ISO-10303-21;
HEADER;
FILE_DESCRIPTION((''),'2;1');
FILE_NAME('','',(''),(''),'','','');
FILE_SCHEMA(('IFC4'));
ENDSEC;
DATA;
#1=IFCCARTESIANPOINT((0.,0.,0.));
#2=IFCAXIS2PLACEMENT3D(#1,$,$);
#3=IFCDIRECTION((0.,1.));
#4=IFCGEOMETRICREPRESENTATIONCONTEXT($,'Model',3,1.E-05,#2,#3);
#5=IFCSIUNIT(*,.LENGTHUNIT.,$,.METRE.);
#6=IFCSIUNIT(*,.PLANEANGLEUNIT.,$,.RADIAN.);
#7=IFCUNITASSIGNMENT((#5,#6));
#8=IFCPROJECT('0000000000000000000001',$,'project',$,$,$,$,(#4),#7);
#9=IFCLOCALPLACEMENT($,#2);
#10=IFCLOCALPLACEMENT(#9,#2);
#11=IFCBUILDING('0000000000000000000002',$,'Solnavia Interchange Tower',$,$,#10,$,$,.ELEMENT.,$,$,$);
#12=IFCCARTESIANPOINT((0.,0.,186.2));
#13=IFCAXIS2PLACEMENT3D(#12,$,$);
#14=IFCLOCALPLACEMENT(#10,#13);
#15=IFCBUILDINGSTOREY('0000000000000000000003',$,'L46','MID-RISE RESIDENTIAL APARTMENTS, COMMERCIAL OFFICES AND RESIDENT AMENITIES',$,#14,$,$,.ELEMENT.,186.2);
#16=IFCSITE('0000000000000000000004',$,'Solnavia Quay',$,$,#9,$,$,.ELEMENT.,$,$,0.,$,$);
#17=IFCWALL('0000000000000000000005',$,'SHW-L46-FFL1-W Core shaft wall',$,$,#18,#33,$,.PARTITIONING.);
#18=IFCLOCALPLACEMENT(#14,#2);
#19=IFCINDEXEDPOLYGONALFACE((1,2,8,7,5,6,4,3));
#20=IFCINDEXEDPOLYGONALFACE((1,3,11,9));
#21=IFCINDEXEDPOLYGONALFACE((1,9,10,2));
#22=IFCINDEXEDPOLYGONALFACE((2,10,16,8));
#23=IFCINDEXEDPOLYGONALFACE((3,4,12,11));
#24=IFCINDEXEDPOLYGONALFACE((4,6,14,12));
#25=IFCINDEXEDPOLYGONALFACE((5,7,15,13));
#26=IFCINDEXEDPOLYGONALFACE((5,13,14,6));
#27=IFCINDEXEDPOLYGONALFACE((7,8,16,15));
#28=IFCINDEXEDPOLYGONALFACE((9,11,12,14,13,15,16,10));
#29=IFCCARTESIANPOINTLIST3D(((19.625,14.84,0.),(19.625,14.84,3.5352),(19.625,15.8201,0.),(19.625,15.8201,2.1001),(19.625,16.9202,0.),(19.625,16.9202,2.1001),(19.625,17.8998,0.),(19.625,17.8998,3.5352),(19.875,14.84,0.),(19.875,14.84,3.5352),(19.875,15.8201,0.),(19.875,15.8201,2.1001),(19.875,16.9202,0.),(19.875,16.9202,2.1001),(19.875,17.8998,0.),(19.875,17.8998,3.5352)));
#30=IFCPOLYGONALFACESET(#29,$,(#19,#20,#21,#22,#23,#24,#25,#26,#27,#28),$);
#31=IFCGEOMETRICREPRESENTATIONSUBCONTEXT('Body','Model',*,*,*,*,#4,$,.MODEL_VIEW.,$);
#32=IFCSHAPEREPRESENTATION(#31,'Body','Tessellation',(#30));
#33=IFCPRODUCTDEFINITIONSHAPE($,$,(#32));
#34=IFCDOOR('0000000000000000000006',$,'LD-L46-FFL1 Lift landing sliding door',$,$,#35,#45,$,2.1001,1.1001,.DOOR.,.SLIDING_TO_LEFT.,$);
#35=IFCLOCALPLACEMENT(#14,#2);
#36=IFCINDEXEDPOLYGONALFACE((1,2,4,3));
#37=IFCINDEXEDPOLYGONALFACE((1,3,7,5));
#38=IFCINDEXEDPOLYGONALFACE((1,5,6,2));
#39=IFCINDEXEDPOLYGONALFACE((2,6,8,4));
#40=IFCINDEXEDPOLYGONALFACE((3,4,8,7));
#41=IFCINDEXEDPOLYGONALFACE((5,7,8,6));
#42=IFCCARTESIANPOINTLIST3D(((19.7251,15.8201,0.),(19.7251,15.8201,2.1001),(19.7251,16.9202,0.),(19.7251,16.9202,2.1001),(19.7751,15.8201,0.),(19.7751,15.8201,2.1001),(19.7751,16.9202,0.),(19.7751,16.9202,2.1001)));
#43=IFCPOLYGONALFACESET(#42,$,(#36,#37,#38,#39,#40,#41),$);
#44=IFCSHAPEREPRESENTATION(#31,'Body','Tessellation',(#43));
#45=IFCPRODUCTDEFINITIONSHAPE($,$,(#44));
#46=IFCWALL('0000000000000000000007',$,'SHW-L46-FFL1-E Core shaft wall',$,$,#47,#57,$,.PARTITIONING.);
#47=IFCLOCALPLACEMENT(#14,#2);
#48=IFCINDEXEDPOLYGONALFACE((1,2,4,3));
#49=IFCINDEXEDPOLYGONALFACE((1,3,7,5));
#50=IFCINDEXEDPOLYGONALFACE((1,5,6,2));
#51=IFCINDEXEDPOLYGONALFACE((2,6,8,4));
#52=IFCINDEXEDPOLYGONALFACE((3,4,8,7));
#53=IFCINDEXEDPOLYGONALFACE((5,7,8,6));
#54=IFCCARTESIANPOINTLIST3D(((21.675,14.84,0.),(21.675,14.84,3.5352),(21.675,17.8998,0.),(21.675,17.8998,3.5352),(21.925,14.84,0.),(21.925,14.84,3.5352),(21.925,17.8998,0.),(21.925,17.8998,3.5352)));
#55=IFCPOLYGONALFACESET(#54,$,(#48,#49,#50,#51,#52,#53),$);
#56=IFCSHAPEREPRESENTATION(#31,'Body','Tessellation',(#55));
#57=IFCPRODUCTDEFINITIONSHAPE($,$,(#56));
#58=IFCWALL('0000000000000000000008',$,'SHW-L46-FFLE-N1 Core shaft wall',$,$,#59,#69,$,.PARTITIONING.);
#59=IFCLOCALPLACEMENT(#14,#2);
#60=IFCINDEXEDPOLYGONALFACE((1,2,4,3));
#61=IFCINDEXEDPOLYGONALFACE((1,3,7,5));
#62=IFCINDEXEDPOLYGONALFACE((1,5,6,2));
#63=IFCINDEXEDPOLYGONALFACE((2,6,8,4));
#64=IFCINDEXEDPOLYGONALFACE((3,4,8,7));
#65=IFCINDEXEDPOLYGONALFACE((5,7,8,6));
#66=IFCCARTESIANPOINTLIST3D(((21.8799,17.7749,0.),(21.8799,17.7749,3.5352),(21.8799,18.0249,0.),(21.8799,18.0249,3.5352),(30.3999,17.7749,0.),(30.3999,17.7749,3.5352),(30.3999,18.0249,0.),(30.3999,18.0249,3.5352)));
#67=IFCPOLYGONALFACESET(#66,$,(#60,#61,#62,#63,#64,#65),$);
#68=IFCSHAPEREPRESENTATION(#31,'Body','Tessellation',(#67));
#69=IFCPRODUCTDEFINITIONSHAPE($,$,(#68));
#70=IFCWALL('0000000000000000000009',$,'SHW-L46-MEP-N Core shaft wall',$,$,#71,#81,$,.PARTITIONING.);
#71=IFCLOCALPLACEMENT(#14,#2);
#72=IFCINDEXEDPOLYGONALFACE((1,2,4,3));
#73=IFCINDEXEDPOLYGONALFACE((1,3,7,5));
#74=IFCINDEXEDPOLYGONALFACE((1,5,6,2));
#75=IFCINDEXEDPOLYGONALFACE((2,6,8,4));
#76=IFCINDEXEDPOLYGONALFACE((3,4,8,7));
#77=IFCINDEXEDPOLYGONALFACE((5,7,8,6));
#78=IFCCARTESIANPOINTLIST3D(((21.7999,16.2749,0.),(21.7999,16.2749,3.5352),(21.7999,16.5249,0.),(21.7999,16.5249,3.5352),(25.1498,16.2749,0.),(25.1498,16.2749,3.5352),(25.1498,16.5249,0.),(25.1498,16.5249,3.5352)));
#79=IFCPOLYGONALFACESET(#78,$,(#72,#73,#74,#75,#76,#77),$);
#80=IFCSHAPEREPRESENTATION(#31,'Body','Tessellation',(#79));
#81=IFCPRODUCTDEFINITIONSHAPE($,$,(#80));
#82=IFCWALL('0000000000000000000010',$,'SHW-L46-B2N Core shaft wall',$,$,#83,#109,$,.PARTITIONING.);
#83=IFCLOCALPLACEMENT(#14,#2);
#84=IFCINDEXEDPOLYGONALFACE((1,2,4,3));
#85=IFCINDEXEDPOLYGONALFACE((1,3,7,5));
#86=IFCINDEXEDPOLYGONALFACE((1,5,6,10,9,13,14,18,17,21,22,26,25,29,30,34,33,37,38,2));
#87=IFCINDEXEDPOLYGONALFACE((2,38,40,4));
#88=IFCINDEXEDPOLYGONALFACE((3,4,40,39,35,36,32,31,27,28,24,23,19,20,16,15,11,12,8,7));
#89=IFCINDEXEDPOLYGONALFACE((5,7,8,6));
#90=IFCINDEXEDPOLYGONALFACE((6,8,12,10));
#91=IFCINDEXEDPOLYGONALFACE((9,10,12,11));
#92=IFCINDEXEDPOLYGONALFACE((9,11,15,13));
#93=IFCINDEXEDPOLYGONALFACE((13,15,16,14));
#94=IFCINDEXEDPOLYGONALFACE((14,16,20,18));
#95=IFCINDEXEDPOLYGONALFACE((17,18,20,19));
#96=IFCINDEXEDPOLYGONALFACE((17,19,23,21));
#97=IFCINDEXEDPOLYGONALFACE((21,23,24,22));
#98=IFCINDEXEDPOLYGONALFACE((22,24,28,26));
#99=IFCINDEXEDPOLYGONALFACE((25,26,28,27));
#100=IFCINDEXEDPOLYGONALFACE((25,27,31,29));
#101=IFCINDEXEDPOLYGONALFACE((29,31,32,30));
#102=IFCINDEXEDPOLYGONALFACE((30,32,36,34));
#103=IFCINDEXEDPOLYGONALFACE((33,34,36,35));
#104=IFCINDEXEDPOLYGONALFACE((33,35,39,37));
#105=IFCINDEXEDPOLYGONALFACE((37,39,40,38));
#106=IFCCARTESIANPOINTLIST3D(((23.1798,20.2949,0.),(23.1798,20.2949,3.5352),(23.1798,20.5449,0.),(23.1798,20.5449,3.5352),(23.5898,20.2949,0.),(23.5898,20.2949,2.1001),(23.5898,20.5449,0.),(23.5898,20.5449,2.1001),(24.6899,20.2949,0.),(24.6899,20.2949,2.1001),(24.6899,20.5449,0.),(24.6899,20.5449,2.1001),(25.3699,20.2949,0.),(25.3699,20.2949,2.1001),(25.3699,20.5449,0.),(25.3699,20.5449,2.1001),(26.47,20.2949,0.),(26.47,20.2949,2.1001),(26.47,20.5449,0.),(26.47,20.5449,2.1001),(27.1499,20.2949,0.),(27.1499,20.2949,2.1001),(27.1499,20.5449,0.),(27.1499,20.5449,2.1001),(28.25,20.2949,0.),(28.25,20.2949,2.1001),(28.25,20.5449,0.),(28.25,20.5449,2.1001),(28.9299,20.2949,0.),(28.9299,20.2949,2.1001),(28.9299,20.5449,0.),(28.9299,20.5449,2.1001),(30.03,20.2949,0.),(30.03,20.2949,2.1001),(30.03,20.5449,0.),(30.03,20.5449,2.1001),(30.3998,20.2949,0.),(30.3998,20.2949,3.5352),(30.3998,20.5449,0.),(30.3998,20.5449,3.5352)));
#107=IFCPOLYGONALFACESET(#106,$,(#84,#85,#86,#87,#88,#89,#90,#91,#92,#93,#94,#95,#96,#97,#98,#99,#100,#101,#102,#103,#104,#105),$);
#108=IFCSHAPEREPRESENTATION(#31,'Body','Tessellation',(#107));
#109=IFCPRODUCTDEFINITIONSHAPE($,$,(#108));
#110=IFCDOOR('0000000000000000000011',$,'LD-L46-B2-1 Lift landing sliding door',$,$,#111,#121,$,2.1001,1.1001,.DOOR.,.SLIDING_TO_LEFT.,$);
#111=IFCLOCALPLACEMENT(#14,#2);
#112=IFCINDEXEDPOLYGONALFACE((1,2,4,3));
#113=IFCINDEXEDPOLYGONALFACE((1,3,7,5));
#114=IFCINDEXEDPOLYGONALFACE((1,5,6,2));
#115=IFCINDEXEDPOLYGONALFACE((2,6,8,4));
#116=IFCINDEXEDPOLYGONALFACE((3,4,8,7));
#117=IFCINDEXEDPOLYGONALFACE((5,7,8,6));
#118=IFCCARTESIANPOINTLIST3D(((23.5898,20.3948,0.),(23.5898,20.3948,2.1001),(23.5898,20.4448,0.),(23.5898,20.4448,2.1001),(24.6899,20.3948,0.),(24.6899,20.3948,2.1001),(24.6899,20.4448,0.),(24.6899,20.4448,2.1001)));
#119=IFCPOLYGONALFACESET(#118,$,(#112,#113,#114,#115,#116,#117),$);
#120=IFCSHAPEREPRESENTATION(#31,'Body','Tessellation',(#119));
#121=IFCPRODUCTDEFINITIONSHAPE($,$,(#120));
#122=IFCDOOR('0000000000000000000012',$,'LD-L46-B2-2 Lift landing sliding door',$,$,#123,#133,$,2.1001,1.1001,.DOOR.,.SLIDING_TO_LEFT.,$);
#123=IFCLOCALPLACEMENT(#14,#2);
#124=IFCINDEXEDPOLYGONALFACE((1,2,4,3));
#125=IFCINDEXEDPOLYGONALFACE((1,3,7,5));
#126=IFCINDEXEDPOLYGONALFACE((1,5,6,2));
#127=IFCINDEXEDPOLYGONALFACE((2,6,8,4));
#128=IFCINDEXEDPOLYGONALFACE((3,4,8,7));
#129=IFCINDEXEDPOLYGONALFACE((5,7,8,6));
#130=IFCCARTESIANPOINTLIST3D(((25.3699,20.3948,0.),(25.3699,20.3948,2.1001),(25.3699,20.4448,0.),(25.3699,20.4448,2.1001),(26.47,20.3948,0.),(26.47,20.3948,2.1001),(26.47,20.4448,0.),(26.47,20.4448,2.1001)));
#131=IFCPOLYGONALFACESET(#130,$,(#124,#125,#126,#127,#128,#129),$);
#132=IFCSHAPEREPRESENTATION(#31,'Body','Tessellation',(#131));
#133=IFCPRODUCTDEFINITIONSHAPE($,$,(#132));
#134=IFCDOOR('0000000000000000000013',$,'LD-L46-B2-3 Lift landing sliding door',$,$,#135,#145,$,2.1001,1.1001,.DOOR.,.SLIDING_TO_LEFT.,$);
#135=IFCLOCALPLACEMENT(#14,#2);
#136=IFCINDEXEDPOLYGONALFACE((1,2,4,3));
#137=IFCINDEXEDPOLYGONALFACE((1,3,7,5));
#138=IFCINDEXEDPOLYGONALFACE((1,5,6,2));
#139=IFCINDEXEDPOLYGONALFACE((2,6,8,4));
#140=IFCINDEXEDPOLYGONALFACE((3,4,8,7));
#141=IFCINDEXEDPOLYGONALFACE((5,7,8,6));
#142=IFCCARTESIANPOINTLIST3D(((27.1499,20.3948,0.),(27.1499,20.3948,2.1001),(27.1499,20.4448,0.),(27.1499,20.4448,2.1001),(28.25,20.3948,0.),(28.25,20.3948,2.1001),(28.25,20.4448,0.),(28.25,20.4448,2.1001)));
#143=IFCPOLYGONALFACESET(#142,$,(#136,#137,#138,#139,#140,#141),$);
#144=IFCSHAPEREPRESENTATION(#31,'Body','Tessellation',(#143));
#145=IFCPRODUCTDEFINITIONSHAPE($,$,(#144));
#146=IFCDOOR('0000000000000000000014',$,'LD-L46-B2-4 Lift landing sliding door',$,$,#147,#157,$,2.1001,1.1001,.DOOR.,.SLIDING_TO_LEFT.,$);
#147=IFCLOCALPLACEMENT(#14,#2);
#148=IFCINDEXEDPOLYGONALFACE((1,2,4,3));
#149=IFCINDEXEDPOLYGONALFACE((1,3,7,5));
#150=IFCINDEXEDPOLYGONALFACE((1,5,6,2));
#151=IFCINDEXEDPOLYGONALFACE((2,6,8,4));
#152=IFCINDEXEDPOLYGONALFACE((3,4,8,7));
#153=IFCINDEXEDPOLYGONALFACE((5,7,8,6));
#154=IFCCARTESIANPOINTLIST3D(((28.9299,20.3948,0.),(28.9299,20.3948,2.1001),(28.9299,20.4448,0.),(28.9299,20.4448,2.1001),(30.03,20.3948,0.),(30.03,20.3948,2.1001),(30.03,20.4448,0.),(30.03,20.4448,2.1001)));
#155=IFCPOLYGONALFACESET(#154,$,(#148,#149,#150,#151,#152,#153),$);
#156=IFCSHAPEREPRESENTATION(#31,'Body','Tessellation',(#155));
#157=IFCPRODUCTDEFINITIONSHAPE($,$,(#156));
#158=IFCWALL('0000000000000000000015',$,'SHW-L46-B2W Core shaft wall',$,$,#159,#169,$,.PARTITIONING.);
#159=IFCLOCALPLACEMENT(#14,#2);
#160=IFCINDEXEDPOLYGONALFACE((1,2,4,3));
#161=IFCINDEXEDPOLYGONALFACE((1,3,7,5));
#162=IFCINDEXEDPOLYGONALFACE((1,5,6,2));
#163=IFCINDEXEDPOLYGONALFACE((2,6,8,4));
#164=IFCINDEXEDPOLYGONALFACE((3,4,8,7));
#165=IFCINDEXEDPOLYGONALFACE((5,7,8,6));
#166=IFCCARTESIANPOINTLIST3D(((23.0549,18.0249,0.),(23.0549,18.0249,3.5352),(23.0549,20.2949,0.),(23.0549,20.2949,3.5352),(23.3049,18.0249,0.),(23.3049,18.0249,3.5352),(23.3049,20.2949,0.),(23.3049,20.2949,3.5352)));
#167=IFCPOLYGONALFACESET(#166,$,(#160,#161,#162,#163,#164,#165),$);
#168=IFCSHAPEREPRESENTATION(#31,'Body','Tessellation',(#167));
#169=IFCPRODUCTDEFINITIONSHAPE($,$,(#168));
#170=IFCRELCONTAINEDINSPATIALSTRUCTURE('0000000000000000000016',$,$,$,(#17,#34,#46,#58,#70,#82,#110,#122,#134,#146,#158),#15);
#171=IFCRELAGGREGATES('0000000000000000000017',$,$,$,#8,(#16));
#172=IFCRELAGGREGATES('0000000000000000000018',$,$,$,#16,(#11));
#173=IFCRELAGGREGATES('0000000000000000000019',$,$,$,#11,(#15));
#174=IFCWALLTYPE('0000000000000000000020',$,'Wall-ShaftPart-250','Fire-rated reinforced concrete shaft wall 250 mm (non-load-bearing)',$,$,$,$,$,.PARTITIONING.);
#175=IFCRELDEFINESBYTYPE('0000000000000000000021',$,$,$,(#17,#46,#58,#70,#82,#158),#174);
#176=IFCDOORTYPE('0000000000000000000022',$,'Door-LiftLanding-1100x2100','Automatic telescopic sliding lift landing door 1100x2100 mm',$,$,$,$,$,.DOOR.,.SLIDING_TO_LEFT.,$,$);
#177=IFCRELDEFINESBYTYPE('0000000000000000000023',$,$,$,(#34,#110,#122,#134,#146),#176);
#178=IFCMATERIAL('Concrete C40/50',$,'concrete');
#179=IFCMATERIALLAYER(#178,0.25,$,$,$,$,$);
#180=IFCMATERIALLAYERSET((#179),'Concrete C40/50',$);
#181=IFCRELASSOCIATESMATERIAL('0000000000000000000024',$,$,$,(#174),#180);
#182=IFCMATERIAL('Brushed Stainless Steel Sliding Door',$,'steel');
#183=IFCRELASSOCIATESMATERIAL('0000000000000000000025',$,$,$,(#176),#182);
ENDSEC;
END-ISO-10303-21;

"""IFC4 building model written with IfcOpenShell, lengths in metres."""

from ifc_helpers import new_model, si_unit, direction, frame, frame_2d, origin, place, context, subcontext, project, spatial, rectangle, extrude, material, layer, layer_set, type_object, element, fill, save


model = new_model("IFC4")

# Units and contexts
model_context = context("Model", 3, precision=1e-05, world=origin(), true_north=direction((0.0, 1.0)))
body_context = subcontext(model_context, "Body", "Model", "MODEL_VIEW")
ifc_project = project(units=[si_unit("LENGTHUNIT", "METRE"), si_unit("PLANEANGLEUNIT", "RADIAN")], contexts=[model_context])

# Site, building, storey
site_placement = place(None, origin())
site = spatial("IfcSite", under=ifc_project, at=site_placement, Name="Solnavia Quay", CompositionType="ELEMENT", RefElevation=0.0)
building_placement = place(site_placement, origin())
building = spatial("IfcBuilding", under=site, at=building_placement, Name="Solnavia Interchange Tower", CompositionType="ELEMENT")
storey_placement = place(building_placement, frame((0.0, 0.0, 186.2)))
storey = spatial("IfcBuildingStorey", under=building, at=storey_placement, Name="L46", Description="MID-RISE RESIDENTIAL APARTMENTS, COMMERCIAL OFFICES AND RESIDENT AMENITIES", CompositionType="ELEMENT", Elevation=186.2)

# Shared definitions
ifc_material_1 = material(Name="Concrete C40/50", Category="concrete")

# Shared definitions
ifc_layer_1 = layer(ifc_material_1, 0.25)
ifc_layer_set_1 = layer_set([ifc_layer_1], Name="Concrete C40/50")
wall_type_1 = type_object("IfcWallType", Name="Wall-ShaftPart-250", Description="Fire-rated reinforced concrete shaft wall 250 mm (non-load-bearing)", PredefinedType="PARTITIONING", material=ifc_layer_set_1)

# Wall, opening, door
wall_1_placement = place(storey_placement, frame((19.75, 14.8401, 0.0), z_axis=(0.0, 0.0, 1.0), x_axis=(0.0, 1.0, 0.0)))
wall_1 = element("IfcWall", 1, at=wall_1_placement, inside=storey, type_object=wall_type_1, Name="SHW-L46-FFL1-W Core shaft wall", PredefinedType="PARTITIONING", context=body_context, shape_type="SweptSolid", body=[
    extrude(rectangle(XDim=3.0598, YDim=0.25, at=frame_2d((1.5298, 0.0))), origin(), (0.0, 0.0, 1.0), 3.5352),
])
opening_1_placement = place(wall_1_placement, frame((0.98, 0.0, 0.0)))
opening_1 = element("IfcOpeningElement", 2, at=opening_1_placement, cuts=wall_1, PredefinedType="OPENING", context=body_context, shape_type="SweptSolid", body=[
    extrude(rectangle(XDim=1.1001, YDim=2.1001, at=frame_2d((0.55, 1.05))), frame((0.0, 0.135, 0.0), z_axis=(0.0, -1.0, 0.0), x_axis=(1.0, 0.0, 0.0)), (0.0, 0.0, 1.0), 0.27),
])
ifc_material_2 = material(Name="Brushed Stainless Steel Sliding Door", Category="steel")
door_type_1 = type_object("IfcDoorType", Name="Door-LiftLanding-1100x2100", Description="Automatic telescopic sliding lift landing door 1100x2100 mm", OperationType="SLIDING_TO_LEFT", PredefinedType="DOOR", material=ifc_material_2)
door_1_placement = place(opening_1_placement, origin())
door_1 = element("IfcDoor", 3, at=door_1_placement, inside=storey, type_object=door_type_1, Name="LD-L46-FFL1 Lift landing sliding door", OperationType="SLIDING_TO_LEFT", OverallHeight=2.1001, OverallWidth=1.1001, PredefinedType="DOOR", context=body_context, shape_type="SweptSolid", body=[
    extrude(rectangle(XDim=1.1001, YDim=2.1001, at=frame_2d((0.55, 1.05))), frame((0.0, 0.0249, 0.0), z_axis=(0.0, -1.0, 0.0), x_axis=(1.0, 0.0, 0.0)), (0.0, 0.0, 1.0), 0.05),
])
fill(opening_1, door_1)

# Walls
wall_2_placement = place(storey_placement, frame((21.8, 14.8401, 0.0), z_axis=(0.0, 0.0, 1.0), x_axis=(0.0, 1.0, 0.0)))
element("IfcWall", 4, at=wall_2_placement, inside=storey, type_object=wall_type_1, Name="SHW-L46-FFL1-E Core shaft wall", PredefinedType="PARTITIONING", context=body_context, shape_type="SweptSolid", body=[
    extrude(rectangle(XDim=3.0598, YDim=0.25, at=frame_2d((1.5298, 0.0))), origin(), (0.0, 0.0, 1.0), 3.5352),
])
wall_3_placement = place(storey_placement, frame((21.8799, 17.8999, 0.0), z_axis=(0.0, 0.0, 1.0), x_axis=(1.0, 0.0, 0.0)))
element("IfcWall", 5, at=wall_3_placement, inside=storey, type_object=wall_type_1, Name="SHW-L46-FFLE-N1 Core shaft wall", PredefinedType="PARTITIONING", context=body_context, shape_type="SweptSolid", body=[
    extrude(rectangle(XDim=8.52, YDim=0.25, at=frame_2d((4.26, 0.0))), origin(), (0.0, 0.0, 1.0), 3.5352),
])
wall_4_placement = place(storey_placement, frame((21.8, 16.3999, 0.0), z_axis=(0.0, 0.0, 1.0), x_axis=(1.0, 0.0, 0.0)))
element("IfcWall", 6, at=wall_4_placement, inside=storey, type_object=wall_type_1, Name="SHW-L46-MEP-N Core shaft wall", PredefinedType="PARTITIONING", context=body_context, shape_type="SweptSolid", body=[
    extrude(rectangle(XDim=3.3499, YDim=0.25, at=frame_2d((1.6748, 0.0))), origin(), (0.0, 0.0, 1.0), 3.5352),
])

# Wall, openings, doors
wall_5_placement = place(storey_placement, frame((23.1799, 20.4199, 0.0), z_axis=(0.0, 0.0, 1.0), x_axis=(1.0, 0.0, 0.0)))
wall_5 = element("IfcWall", 7, at=wall_5_placement, inside=storey, type_object=wall_type_1, Name="SHW-L46-B2N Core shaft wall", PredefinedType="PARTITIONING", context=body_context, shape_type="SweptSolid", body=[
    extrude(rectangle(XDim=7.22, YDim=0.25, at=frame_2d((3.6099, 0.0))), origin(), (0.0, 0.0, 1.0), 3.5352),
])
opening_2_placement = place(wall_5_placement, frame((0.4099, 0.0, 0.0)))
opening_2 = element("IfcOpeningElement", 8, at=opening_2_placement, cuts=wall_5, PredefinedType="OPENING", context=body_context, shape_type="SweptSolid", body=[
    extrude(rectangle(XDim=1.1001, YDim=2.1001, at=frame_2d((0.55, 1.05))), frame((0.0, 0.135, 0.0), z_axis=(0.0, -1.0, 0.0), x_axis=(1.0, 0.0, 0.0)), (0.0, 0.0, 1.0), 0.27),
])
opening_3_placement = place(wall_5_placement, frame((2.1899, 0.0, 0.0)))
opening_3 = element("IfcOpeningElement", 9, at=opening_3_placement, cuts=wall_5, PredefinedType="OPENING", context=body_context, shape_type="SweptSolid", body=[
    extrude(rectangle(XDim=1.1001, YDim=2.1001, at=frame_2d((0.55, 1.05))), frame((0.0, 0.135, 0.0), z_axis=(0.0, -1.0, 0.0), x_axis=(1.0, 0.0, 0.0)), (0.0, 0.0, 1.0), 0.27),
])
opening_4_placement = place(wall_5_placement, frame((3.97, 0.0, 0.0)))
opening_4 = element("IfcOpeningElement", 10, at=opening_4_placement, cuts=wall_5, PredefinedType="OPENING", context=body_context, shape_type="SweptSolid", body=[
    extrude(rectangle(XDim=1.1001, YDim=2.1001, at=frame_2d((0.55, 1.05))), frame((0.0, 0.135, 0.0), z_axis=(0.0, -1.0, 0.0), x_axis=(1.0, 0.0, 0.0)), (0.0, 0.0, 1.0), 0.27),
])
opening_5_placement = place(wall_5_placement, frame((5.75, 0.0, 0.0)))
opening_5 = element("IfcOpeningElement", 11, at=opening_5_placement, cuts=wall_5, PredefinedType="OPENING", context=body_context, shape_type="SweptSolid", body=[
    extrude(rectangle(XDim=1.1001, YDim=2.1001, at=frame_2d((0.55, 1.05))), frame((0.0, 0.135, 0.0), z_axis=(0.0, -1.0, 0.0), x_axis=(1.0, 0.0, 0.0)), (0.0, 0.0, 1.0), 0.27),
])
door_2_placement = place(opening_2_placement, origin())
door_2 = element("IfcDoor", 12, at=door_2_placement, inside=storey, type_object=door_type_1, Name="LD-L46-B2-1 Lift landing sliding door", OperationType="SLIDING_TO_LEFT", OverallHeight=2.1001, OverallWidth=1.1001, PredefinedType="DOOR", context=body_context, shape_type="SweptSolid", body=[
    extrude(rectangle(XDim=1.1001, YDim=2.1001, at=frame_2d((0.55, 1.05))), frame((0.0, 0.0249, 0.0), z_axis=(0.0, -1.0, 0.0), x_axis=(1.0, 0.0, 0.0)), (0.0, 0.0, 1.0), 0.05),
])
fill(opening_2, door_2)
door_3_placement = place(opening_3_placement, origin())
door_3 = element("IfcDoor", 13, at=door_3_placement, inside=storey, type_object=door_type_1, Name="LD-L46-B2-2 Lift landing sliding door", OperationType="SLIDING_TO_LEFT", OverallHeight=2.1001, OverallWidth=1.1001, PredefinedType="DOOR", context=body_context, shape_type="SweptSolid", body=[
    extrude(rectangle(XDim=1.1001, YDim=2.1001, at=frame_2d((0.55, 1.05))), frame((0.0, 0.0249, 0.0), z_axis=(0.0, -1.0, 0.0), x_axis=(1.0, 0.0, 0.0)), (0.0, 0.0, 1.0), 0.05),
])
fill(opening_3, door_3)
door_4_placement = place(opening_4_placement, origin())
door_4 = element("IfcDoor", 14, at=door_4_placement, inside=storey, type_object=door_type_1, Name="LD-L46-B2-3 Lift landing sliding door", OperationType="SLIDING_TO_LEFT", OverallHeight=2.1001, OverallWidth=1.1001, PredefinedType="DOOR", context=body_context, shape_type="SweptSolid", body=[
    extrude(rectangle(XDim=1.1001, YDim=2.1001, at=frame_2d((0.55, 1.05))), frame((0.0, 0.0249, 0.0), z_axis=(0.0, -1.0, 0.0), x_axis=(1.0, 0.0, 0.0)), (0.0, 0.0, 1.0), 0.05),
])
fill(opening_4, door_4)
door_5_placement = place(opening_5_placement, origin())
door_5 = element("IfcDoor", 15, at=door_5_placement, inside=storey, type_object=door_type_1, Name="LD-L46-B2-4 Lift landing sliding door", OperationType="SLIDING_TO_LEFT", OverallHeight=2.1001, OverallWidth=1.1001, PredefinedType="DOOR", context=body_context, shape_type="SweptSolid", body=[
    extrude(rectangle(XDim=1.1001, YDim=2.1001, at=frame_2d((0.55, 1.05))), frame((0.0, 0.0249, 0.0), z_axis=(0.0, -1.0, 0.0), x_axis=(1.0, 0.0, 0.0)), (0.0, 0.0, 1.0), 0.05),
])
fill(opening_5, door_5)

# Wall
wall_6_placement = place(storey_placement, frame((23.1799, 18.0249, 0.0), z_axis=(0.0, 0.0, 1.0), x_axis=(0.0, 1.0, 0.0)))
element("IfcWall", 16, at=wall_6_placement, inside=storey, type_object=wall_type_1, Name="SHW-L46-B2W Core shaft wall", PredefinedType="PARTITIONING", context=body_context, shape_type="SweptSolid", body=[
    extrude(rectangle(XDim=2.27, YDim=0.25, at=frame_2d((1.135, 0.0))), origin(), (0.0, 0.0, 1.0), 3.5352),
])

save(model, "model.ifc")
